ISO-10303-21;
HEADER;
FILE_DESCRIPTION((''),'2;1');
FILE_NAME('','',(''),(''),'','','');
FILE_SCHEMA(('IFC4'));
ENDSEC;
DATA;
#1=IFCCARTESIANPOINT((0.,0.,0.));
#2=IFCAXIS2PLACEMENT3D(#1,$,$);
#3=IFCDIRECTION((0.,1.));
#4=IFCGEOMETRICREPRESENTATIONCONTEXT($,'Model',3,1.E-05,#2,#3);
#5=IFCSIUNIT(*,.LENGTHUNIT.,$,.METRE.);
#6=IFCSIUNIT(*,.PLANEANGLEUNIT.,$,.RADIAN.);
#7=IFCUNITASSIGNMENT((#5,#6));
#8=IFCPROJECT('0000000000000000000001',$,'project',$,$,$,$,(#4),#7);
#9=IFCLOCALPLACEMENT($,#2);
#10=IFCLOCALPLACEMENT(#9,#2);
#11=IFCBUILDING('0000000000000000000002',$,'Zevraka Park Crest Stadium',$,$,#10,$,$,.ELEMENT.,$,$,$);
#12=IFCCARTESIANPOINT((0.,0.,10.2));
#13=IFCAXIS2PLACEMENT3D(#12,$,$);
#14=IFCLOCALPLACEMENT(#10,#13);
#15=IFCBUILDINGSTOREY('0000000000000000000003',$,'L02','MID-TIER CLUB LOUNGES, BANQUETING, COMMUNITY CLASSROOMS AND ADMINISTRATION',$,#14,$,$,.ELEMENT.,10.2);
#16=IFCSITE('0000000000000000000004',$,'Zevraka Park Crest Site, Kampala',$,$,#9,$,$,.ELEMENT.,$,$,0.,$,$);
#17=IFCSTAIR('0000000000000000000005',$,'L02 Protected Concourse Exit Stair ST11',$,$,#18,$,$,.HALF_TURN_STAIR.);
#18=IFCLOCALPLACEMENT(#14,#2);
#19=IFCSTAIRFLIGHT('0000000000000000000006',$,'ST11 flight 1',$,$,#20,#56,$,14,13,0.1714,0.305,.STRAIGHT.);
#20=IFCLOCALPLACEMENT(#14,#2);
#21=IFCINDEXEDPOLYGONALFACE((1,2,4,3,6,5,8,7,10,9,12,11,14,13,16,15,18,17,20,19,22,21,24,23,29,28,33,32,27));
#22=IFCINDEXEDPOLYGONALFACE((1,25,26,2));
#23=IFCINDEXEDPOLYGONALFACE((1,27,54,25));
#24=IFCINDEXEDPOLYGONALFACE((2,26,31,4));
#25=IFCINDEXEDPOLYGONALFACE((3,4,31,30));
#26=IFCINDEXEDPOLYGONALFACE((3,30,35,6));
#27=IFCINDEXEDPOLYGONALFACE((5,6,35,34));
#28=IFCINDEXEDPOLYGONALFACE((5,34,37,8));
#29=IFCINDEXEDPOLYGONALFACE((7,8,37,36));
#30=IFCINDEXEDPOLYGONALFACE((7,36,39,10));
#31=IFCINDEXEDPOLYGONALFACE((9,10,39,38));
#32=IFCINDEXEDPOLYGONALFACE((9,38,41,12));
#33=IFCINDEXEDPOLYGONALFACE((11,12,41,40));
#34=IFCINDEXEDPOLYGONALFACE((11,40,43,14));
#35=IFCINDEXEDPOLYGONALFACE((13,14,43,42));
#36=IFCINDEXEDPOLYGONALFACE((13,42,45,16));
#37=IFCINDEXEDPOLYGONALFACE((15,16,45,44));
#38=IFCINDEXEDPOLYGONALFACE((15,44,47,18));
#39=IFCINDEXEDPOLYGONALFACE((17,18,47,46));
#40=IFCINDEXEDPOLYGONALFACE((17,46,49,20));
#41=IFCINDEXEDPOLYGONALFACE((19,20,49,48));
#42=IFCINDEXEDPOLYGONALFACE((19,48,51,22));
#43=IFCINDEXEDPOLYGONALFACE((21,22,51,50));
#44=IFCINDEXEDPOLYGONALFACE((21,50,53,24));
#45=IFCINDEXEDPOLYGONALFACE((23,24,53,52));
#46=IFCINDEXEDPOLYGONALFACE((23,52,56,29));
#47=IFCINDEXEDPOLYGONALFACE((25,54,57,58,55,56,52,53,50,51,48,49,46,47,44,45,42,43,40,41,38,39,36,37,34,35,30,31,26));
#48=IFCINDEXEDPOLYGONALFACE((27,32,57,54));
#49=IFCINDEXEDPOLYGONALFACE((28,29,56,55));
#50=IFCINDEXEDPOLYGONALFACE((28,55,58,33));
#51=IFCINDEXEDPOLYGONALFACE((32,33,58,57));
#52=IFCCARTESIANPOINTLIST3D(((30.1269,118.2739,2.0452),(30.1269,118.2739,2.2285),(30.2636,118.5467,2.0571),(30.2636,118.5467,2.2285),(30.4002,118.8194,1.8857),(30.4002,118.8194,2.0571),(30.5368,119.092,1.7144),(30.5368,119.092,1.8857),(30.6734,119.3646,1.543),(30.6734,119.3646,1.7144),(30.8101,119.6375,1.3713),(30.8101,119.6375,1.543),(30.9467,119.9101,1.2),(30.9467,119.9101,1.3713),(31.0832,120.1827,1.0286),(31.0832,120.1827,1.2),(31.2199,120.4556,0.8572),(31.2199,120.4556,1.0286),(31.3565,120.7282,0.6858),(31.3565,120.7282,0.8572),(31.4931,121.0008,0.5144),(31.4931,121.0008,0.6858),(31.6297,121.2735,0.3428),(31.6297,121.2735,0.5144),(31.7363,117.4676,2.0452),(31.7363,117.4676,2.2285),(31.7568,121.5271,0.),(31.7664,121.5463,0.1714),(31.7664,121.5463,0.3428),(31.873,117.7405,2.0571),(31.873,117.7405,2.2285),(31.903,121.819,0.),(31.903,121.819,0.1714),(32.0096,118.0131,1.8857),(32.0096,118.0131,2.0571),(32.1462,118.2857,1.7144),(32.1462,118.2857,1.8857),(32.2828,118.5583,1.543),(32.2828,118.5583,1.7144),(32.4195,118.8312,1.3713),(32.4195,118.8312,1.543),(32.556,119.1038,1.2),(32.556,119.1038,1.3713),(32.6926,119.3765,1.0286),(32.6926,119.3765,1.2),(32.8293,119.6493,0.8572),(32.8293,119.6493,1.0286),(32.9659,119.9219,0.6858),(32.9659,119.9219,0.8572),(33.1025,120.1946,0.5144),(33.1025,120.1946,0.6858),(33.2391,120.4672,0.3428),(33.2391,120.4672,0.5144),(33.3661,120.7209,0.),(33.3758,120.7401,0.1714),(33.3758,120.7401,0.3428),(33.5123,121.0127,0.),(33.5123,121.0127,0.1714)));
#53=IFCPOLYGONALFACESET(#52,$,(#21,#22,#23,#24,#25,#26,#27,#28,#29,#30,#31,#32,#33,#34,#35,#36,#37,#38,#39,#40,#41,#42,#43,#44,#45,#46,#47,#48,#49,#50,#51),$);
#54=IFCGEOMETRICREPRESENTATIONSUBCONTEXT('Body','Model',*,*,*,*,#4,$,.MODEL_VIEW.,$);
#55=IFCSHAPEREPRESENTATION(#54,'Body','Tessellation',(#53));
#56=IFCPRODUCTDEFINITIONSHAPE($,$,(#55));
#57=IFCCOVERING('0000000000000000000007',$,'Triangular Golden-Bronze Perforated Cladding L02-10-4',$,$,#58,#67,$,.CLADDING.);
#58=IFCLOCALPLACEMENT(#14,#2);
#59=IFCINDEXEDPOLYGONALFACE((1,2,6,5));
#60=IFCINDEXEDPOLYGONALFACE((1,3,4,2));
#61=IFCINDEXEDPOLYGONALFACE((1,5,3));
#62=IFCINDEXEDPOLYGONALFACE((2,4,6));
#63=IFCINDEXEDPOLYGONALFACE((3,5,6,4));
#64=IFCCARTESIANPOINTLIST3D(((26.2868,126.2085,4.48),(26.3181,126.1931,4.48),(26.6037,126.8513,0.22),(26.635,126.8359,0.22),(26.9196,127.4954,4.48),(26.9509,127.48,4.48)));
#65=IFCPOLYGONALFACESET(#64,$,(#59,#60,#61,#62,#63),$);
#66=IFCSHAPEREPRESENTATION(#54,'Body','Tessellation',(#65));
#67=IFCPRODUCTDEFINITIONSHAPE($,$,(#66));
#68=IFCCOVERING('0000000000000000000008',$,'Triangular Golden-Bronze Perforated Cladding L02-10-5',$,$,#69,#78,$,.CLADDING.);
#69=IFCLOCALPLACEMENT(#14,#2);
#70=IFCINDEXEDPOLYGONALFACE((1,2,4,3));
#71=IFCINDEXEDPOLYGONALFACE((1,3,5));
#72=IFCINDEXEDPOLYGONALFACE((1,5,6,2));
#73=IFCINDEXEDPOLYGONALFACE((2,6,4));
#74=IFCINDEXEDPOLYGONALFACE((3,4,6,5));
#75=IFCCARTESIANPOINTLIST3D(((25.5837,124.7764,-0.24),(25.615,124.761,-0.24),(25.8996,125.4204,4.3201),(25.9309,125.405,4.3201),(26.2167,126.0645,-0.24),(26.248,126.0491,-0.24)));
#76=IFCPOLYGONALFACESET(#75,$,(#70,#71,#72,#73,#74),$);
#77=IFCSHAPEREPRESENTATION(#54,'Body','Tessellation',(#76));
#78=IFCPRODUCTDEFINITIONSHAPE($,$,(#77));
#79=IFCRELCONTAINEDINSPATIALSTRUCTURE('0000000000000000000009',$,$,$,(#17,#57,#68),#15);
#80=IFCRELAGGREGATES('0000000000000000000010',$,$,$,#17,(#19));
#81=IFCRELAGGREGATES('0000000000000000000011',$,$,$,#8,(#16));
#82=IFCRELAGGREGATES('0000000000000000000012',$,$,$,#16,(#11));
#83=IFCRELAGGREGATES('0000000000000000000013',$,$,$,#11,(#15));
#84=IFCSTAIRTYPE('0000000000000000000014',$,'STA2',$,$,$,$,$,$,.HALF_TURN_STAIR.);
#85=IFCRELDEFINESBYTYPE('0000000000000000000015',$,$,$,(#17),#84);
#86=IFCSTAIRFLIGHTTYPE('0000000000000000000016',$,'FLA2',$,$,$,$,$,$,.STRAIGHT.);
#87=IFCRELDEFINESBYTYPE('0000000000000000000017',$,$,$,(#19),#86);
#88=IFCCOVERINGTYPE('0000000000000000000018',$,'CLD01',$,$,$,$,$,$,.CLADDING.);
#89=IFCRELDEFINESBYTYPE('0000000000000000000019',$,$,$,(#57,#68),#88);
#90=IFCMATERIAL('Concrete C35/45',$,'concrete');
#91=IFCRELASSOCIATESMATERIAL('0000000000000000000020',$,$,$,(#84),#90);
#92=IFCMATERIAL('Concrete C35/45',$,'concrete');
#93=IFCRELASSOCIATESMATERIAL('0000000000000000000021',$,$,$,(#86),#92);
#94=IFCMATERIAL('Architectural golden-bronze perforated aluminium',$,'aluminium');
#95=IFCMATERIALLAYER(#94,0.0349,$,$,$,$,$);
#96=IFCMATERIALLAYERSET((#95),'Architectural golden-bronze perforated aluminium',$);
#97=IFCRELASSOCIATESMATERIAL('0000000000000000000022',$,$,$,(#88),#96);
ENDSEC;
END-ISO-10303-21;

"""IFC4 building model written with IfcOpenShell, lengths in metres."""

from ifc_helpers import new_model, si_unit, direction, frame, origin, place, context, subcontext, project, spatial, polyline, outline, extrude, material, layer, layer_set, type_object, element, aggregate, save


model = new_model("IFC4")

# Units and contexts
model_context = context("Model", 3, precision=1e-05, world=origin(), true_north=direction((0.0, 1.0)))
body_context = subcontext(model_context, "Body", "Model", "MODEL_VIEW")
ifc_project = project(units=[si_unit("LENGTHUNIT", "METRE"), si_unit("PLANEANGLEUNIT", "RADIAN")], contexts=[model_context])

# Site, building, storey
site_placement = place(None, origin())
site = spatial("IfcSite", under=ifc_project, at=site_placement, Name="Zevraka Park Crest Site, Kampala", CompositionType="ELEMENT", RefElevation=0.0)
building_placement = place(site_placement, origin())
building = spatial("IfcBuilding", under=site, at=building_placement, Name="Zevraka Park Crest Stadium", CompositionType="ELEMENT")
storey_placement = place(building_placement, frame((0.0, 0.0, 10.2)))
storey = spatial("IfcBuildingStorey", under=building, at=storey_placement, Name="L02", Description="MID-TIER CLUB LOUNGES, BANQUETING, COMMUNITY CLASSROOMS AND ADMINISTRATION", CompositionType="ELEMENT", Elevation=10.2)

# Stair, stair flight
ifc_material_1 = material(Name="Concrete C35/45", Category="concrete")
stair_type = type_object("IfcStairType", Name="STA2", PredefinedType="HALF_TURN_STAIR", material=ifc_material_1)
stair_placement = place(storey_placement, origin())
stair = element("IfcStair", 1, at=stair_placement, inside=storey, type_object=stair_type, Name="L02 Protected Concourse Exit Stair ST11", PredefinedType="HALF_TURN_STAIR")
ifc_material_2 = material(Name="Concrete C35/45", Category="concrete")
stair_flight_type = type_object("IfcStairFlightType", Name="FLA2", PredefinedType="STRAIGHT", material=ifc_material_2)
stair_flight_placement = place(storey_placement, frame((32.7078, 121.4158, 0.0), z_axis=(0.0, 0.0, 1.0), x_axis=(-0.447915, -0.894076, 0.0)))
stair_flight = element("IfcStairFlight", 2, at=stair_flight_placement, type_object=stair_flight_type, Name="ST11 flight 1", NumberOfRisers=14, NumberOfTreads=13, PredefinedType="STRAIGHT", RiserHeight=0.1714, TreadLength=0.305, context=body_context, shape_type="SweptSolid", body=[
    extrude(outline(polyline([(0.0, 0.0), (0.0, 0.1714), (0.3049, 0.1714), (0.3049, 0.3428), (0.6101, 0.3428), (0.6101, 0.5144), (0.915, 0.5144), (0.915, 0.6858), (1.22, 0.6858), (1.22, 0.8572), (1.5249, 0.8572), (1.5249, 1.0286), (1.8301, 1.0286), (1.8301, 1.2), (2.135, 1.2), (2.135, 1.3713), (2.4399, 1.3713), (2.4399, 1.543), (2.7451, 1.543), (2.7451, 1.7144), (3.05, 1.7144), (3.05, 1.8857), (3.355, 1.8857), (3.355, 2.0571), (3.6599, 2.0571), (3.6599, 2.2285), (3.9651, 2.2285), (3.9651, 2.3999), (3.9651, 2.0452), (0.3264, 0.0), (0.0, 0.0)])), frame((0.0, 0.8999, 0.0), z_axis=(0.0, -1.0, 0.0), x_axis=(1.0, 0.0, 0.0)), (0.0, 0.0, 1.0), 1.8),
])
aggregate(stair, [stair_flight])

# Coverings
ifc_material_3 = material(Name="Architectural golden-bronze perforated aluminium", Category="aluminium")
ifc_layer_1 = layer(ifc_material_3, 0.0349)
ifc_layer_set_1 = layer_set([ifc_layer_1], Name="Architectural golden-bronze perforated aluminium")
covering_type = type_object("IfcCoveringType", Name="CLD01", PredefinedType="CLADDING", material=ifc_layer_set_1)
covering_1_placement = place(storey_placement, frame((26.3181, 126.1931, 4.48), z_axis=(0.89737, -0.441279, 0.000166), x_axis=(0.441279, 0.89737, 0.0)))
element("IfcCovering", 3, at=covering_1_placement, inside=storey, type_object=covering_type, Name="Triangular Golden-Bronze Perforated Cladding L02-10-4", PredefinedType="CLADDING", context=body_context, shape_type="SweptSolid", body=[
    extrude(outline(polyline([(0.0, 0.0), (1.434, 0.0), (0.7167, -4.26), (0.0, 0.0)])), origin(), (0.0, 0.0, -1.0), 0.0349),
])
covering_2_placement = place(storey_placement, frame((26.248, 126.0491, -0.24), z_axis=(0.897468, -0.441079, 0.00012), x_axis=(-0.441079, -0.897468, 0.0)))
element("IfcCovering", 4, at=covering_2_placement, inside=storey, type_object=covering_type, Name="Triangular Golden-Bronze Perforated Cladding L02-10-5", PredefinedType="CLADDING", context=body_context, shape_type="SweptSolid", body=[
    extrude(outline(polyline([(0.0, 0.0), (1.4352, 0.0), (0.7179, -4.5601), (0.0, 0.0)])), origin(), (0.0, 0.0, -1.0), 0.0349),
])

save(model, "model.ifc")
